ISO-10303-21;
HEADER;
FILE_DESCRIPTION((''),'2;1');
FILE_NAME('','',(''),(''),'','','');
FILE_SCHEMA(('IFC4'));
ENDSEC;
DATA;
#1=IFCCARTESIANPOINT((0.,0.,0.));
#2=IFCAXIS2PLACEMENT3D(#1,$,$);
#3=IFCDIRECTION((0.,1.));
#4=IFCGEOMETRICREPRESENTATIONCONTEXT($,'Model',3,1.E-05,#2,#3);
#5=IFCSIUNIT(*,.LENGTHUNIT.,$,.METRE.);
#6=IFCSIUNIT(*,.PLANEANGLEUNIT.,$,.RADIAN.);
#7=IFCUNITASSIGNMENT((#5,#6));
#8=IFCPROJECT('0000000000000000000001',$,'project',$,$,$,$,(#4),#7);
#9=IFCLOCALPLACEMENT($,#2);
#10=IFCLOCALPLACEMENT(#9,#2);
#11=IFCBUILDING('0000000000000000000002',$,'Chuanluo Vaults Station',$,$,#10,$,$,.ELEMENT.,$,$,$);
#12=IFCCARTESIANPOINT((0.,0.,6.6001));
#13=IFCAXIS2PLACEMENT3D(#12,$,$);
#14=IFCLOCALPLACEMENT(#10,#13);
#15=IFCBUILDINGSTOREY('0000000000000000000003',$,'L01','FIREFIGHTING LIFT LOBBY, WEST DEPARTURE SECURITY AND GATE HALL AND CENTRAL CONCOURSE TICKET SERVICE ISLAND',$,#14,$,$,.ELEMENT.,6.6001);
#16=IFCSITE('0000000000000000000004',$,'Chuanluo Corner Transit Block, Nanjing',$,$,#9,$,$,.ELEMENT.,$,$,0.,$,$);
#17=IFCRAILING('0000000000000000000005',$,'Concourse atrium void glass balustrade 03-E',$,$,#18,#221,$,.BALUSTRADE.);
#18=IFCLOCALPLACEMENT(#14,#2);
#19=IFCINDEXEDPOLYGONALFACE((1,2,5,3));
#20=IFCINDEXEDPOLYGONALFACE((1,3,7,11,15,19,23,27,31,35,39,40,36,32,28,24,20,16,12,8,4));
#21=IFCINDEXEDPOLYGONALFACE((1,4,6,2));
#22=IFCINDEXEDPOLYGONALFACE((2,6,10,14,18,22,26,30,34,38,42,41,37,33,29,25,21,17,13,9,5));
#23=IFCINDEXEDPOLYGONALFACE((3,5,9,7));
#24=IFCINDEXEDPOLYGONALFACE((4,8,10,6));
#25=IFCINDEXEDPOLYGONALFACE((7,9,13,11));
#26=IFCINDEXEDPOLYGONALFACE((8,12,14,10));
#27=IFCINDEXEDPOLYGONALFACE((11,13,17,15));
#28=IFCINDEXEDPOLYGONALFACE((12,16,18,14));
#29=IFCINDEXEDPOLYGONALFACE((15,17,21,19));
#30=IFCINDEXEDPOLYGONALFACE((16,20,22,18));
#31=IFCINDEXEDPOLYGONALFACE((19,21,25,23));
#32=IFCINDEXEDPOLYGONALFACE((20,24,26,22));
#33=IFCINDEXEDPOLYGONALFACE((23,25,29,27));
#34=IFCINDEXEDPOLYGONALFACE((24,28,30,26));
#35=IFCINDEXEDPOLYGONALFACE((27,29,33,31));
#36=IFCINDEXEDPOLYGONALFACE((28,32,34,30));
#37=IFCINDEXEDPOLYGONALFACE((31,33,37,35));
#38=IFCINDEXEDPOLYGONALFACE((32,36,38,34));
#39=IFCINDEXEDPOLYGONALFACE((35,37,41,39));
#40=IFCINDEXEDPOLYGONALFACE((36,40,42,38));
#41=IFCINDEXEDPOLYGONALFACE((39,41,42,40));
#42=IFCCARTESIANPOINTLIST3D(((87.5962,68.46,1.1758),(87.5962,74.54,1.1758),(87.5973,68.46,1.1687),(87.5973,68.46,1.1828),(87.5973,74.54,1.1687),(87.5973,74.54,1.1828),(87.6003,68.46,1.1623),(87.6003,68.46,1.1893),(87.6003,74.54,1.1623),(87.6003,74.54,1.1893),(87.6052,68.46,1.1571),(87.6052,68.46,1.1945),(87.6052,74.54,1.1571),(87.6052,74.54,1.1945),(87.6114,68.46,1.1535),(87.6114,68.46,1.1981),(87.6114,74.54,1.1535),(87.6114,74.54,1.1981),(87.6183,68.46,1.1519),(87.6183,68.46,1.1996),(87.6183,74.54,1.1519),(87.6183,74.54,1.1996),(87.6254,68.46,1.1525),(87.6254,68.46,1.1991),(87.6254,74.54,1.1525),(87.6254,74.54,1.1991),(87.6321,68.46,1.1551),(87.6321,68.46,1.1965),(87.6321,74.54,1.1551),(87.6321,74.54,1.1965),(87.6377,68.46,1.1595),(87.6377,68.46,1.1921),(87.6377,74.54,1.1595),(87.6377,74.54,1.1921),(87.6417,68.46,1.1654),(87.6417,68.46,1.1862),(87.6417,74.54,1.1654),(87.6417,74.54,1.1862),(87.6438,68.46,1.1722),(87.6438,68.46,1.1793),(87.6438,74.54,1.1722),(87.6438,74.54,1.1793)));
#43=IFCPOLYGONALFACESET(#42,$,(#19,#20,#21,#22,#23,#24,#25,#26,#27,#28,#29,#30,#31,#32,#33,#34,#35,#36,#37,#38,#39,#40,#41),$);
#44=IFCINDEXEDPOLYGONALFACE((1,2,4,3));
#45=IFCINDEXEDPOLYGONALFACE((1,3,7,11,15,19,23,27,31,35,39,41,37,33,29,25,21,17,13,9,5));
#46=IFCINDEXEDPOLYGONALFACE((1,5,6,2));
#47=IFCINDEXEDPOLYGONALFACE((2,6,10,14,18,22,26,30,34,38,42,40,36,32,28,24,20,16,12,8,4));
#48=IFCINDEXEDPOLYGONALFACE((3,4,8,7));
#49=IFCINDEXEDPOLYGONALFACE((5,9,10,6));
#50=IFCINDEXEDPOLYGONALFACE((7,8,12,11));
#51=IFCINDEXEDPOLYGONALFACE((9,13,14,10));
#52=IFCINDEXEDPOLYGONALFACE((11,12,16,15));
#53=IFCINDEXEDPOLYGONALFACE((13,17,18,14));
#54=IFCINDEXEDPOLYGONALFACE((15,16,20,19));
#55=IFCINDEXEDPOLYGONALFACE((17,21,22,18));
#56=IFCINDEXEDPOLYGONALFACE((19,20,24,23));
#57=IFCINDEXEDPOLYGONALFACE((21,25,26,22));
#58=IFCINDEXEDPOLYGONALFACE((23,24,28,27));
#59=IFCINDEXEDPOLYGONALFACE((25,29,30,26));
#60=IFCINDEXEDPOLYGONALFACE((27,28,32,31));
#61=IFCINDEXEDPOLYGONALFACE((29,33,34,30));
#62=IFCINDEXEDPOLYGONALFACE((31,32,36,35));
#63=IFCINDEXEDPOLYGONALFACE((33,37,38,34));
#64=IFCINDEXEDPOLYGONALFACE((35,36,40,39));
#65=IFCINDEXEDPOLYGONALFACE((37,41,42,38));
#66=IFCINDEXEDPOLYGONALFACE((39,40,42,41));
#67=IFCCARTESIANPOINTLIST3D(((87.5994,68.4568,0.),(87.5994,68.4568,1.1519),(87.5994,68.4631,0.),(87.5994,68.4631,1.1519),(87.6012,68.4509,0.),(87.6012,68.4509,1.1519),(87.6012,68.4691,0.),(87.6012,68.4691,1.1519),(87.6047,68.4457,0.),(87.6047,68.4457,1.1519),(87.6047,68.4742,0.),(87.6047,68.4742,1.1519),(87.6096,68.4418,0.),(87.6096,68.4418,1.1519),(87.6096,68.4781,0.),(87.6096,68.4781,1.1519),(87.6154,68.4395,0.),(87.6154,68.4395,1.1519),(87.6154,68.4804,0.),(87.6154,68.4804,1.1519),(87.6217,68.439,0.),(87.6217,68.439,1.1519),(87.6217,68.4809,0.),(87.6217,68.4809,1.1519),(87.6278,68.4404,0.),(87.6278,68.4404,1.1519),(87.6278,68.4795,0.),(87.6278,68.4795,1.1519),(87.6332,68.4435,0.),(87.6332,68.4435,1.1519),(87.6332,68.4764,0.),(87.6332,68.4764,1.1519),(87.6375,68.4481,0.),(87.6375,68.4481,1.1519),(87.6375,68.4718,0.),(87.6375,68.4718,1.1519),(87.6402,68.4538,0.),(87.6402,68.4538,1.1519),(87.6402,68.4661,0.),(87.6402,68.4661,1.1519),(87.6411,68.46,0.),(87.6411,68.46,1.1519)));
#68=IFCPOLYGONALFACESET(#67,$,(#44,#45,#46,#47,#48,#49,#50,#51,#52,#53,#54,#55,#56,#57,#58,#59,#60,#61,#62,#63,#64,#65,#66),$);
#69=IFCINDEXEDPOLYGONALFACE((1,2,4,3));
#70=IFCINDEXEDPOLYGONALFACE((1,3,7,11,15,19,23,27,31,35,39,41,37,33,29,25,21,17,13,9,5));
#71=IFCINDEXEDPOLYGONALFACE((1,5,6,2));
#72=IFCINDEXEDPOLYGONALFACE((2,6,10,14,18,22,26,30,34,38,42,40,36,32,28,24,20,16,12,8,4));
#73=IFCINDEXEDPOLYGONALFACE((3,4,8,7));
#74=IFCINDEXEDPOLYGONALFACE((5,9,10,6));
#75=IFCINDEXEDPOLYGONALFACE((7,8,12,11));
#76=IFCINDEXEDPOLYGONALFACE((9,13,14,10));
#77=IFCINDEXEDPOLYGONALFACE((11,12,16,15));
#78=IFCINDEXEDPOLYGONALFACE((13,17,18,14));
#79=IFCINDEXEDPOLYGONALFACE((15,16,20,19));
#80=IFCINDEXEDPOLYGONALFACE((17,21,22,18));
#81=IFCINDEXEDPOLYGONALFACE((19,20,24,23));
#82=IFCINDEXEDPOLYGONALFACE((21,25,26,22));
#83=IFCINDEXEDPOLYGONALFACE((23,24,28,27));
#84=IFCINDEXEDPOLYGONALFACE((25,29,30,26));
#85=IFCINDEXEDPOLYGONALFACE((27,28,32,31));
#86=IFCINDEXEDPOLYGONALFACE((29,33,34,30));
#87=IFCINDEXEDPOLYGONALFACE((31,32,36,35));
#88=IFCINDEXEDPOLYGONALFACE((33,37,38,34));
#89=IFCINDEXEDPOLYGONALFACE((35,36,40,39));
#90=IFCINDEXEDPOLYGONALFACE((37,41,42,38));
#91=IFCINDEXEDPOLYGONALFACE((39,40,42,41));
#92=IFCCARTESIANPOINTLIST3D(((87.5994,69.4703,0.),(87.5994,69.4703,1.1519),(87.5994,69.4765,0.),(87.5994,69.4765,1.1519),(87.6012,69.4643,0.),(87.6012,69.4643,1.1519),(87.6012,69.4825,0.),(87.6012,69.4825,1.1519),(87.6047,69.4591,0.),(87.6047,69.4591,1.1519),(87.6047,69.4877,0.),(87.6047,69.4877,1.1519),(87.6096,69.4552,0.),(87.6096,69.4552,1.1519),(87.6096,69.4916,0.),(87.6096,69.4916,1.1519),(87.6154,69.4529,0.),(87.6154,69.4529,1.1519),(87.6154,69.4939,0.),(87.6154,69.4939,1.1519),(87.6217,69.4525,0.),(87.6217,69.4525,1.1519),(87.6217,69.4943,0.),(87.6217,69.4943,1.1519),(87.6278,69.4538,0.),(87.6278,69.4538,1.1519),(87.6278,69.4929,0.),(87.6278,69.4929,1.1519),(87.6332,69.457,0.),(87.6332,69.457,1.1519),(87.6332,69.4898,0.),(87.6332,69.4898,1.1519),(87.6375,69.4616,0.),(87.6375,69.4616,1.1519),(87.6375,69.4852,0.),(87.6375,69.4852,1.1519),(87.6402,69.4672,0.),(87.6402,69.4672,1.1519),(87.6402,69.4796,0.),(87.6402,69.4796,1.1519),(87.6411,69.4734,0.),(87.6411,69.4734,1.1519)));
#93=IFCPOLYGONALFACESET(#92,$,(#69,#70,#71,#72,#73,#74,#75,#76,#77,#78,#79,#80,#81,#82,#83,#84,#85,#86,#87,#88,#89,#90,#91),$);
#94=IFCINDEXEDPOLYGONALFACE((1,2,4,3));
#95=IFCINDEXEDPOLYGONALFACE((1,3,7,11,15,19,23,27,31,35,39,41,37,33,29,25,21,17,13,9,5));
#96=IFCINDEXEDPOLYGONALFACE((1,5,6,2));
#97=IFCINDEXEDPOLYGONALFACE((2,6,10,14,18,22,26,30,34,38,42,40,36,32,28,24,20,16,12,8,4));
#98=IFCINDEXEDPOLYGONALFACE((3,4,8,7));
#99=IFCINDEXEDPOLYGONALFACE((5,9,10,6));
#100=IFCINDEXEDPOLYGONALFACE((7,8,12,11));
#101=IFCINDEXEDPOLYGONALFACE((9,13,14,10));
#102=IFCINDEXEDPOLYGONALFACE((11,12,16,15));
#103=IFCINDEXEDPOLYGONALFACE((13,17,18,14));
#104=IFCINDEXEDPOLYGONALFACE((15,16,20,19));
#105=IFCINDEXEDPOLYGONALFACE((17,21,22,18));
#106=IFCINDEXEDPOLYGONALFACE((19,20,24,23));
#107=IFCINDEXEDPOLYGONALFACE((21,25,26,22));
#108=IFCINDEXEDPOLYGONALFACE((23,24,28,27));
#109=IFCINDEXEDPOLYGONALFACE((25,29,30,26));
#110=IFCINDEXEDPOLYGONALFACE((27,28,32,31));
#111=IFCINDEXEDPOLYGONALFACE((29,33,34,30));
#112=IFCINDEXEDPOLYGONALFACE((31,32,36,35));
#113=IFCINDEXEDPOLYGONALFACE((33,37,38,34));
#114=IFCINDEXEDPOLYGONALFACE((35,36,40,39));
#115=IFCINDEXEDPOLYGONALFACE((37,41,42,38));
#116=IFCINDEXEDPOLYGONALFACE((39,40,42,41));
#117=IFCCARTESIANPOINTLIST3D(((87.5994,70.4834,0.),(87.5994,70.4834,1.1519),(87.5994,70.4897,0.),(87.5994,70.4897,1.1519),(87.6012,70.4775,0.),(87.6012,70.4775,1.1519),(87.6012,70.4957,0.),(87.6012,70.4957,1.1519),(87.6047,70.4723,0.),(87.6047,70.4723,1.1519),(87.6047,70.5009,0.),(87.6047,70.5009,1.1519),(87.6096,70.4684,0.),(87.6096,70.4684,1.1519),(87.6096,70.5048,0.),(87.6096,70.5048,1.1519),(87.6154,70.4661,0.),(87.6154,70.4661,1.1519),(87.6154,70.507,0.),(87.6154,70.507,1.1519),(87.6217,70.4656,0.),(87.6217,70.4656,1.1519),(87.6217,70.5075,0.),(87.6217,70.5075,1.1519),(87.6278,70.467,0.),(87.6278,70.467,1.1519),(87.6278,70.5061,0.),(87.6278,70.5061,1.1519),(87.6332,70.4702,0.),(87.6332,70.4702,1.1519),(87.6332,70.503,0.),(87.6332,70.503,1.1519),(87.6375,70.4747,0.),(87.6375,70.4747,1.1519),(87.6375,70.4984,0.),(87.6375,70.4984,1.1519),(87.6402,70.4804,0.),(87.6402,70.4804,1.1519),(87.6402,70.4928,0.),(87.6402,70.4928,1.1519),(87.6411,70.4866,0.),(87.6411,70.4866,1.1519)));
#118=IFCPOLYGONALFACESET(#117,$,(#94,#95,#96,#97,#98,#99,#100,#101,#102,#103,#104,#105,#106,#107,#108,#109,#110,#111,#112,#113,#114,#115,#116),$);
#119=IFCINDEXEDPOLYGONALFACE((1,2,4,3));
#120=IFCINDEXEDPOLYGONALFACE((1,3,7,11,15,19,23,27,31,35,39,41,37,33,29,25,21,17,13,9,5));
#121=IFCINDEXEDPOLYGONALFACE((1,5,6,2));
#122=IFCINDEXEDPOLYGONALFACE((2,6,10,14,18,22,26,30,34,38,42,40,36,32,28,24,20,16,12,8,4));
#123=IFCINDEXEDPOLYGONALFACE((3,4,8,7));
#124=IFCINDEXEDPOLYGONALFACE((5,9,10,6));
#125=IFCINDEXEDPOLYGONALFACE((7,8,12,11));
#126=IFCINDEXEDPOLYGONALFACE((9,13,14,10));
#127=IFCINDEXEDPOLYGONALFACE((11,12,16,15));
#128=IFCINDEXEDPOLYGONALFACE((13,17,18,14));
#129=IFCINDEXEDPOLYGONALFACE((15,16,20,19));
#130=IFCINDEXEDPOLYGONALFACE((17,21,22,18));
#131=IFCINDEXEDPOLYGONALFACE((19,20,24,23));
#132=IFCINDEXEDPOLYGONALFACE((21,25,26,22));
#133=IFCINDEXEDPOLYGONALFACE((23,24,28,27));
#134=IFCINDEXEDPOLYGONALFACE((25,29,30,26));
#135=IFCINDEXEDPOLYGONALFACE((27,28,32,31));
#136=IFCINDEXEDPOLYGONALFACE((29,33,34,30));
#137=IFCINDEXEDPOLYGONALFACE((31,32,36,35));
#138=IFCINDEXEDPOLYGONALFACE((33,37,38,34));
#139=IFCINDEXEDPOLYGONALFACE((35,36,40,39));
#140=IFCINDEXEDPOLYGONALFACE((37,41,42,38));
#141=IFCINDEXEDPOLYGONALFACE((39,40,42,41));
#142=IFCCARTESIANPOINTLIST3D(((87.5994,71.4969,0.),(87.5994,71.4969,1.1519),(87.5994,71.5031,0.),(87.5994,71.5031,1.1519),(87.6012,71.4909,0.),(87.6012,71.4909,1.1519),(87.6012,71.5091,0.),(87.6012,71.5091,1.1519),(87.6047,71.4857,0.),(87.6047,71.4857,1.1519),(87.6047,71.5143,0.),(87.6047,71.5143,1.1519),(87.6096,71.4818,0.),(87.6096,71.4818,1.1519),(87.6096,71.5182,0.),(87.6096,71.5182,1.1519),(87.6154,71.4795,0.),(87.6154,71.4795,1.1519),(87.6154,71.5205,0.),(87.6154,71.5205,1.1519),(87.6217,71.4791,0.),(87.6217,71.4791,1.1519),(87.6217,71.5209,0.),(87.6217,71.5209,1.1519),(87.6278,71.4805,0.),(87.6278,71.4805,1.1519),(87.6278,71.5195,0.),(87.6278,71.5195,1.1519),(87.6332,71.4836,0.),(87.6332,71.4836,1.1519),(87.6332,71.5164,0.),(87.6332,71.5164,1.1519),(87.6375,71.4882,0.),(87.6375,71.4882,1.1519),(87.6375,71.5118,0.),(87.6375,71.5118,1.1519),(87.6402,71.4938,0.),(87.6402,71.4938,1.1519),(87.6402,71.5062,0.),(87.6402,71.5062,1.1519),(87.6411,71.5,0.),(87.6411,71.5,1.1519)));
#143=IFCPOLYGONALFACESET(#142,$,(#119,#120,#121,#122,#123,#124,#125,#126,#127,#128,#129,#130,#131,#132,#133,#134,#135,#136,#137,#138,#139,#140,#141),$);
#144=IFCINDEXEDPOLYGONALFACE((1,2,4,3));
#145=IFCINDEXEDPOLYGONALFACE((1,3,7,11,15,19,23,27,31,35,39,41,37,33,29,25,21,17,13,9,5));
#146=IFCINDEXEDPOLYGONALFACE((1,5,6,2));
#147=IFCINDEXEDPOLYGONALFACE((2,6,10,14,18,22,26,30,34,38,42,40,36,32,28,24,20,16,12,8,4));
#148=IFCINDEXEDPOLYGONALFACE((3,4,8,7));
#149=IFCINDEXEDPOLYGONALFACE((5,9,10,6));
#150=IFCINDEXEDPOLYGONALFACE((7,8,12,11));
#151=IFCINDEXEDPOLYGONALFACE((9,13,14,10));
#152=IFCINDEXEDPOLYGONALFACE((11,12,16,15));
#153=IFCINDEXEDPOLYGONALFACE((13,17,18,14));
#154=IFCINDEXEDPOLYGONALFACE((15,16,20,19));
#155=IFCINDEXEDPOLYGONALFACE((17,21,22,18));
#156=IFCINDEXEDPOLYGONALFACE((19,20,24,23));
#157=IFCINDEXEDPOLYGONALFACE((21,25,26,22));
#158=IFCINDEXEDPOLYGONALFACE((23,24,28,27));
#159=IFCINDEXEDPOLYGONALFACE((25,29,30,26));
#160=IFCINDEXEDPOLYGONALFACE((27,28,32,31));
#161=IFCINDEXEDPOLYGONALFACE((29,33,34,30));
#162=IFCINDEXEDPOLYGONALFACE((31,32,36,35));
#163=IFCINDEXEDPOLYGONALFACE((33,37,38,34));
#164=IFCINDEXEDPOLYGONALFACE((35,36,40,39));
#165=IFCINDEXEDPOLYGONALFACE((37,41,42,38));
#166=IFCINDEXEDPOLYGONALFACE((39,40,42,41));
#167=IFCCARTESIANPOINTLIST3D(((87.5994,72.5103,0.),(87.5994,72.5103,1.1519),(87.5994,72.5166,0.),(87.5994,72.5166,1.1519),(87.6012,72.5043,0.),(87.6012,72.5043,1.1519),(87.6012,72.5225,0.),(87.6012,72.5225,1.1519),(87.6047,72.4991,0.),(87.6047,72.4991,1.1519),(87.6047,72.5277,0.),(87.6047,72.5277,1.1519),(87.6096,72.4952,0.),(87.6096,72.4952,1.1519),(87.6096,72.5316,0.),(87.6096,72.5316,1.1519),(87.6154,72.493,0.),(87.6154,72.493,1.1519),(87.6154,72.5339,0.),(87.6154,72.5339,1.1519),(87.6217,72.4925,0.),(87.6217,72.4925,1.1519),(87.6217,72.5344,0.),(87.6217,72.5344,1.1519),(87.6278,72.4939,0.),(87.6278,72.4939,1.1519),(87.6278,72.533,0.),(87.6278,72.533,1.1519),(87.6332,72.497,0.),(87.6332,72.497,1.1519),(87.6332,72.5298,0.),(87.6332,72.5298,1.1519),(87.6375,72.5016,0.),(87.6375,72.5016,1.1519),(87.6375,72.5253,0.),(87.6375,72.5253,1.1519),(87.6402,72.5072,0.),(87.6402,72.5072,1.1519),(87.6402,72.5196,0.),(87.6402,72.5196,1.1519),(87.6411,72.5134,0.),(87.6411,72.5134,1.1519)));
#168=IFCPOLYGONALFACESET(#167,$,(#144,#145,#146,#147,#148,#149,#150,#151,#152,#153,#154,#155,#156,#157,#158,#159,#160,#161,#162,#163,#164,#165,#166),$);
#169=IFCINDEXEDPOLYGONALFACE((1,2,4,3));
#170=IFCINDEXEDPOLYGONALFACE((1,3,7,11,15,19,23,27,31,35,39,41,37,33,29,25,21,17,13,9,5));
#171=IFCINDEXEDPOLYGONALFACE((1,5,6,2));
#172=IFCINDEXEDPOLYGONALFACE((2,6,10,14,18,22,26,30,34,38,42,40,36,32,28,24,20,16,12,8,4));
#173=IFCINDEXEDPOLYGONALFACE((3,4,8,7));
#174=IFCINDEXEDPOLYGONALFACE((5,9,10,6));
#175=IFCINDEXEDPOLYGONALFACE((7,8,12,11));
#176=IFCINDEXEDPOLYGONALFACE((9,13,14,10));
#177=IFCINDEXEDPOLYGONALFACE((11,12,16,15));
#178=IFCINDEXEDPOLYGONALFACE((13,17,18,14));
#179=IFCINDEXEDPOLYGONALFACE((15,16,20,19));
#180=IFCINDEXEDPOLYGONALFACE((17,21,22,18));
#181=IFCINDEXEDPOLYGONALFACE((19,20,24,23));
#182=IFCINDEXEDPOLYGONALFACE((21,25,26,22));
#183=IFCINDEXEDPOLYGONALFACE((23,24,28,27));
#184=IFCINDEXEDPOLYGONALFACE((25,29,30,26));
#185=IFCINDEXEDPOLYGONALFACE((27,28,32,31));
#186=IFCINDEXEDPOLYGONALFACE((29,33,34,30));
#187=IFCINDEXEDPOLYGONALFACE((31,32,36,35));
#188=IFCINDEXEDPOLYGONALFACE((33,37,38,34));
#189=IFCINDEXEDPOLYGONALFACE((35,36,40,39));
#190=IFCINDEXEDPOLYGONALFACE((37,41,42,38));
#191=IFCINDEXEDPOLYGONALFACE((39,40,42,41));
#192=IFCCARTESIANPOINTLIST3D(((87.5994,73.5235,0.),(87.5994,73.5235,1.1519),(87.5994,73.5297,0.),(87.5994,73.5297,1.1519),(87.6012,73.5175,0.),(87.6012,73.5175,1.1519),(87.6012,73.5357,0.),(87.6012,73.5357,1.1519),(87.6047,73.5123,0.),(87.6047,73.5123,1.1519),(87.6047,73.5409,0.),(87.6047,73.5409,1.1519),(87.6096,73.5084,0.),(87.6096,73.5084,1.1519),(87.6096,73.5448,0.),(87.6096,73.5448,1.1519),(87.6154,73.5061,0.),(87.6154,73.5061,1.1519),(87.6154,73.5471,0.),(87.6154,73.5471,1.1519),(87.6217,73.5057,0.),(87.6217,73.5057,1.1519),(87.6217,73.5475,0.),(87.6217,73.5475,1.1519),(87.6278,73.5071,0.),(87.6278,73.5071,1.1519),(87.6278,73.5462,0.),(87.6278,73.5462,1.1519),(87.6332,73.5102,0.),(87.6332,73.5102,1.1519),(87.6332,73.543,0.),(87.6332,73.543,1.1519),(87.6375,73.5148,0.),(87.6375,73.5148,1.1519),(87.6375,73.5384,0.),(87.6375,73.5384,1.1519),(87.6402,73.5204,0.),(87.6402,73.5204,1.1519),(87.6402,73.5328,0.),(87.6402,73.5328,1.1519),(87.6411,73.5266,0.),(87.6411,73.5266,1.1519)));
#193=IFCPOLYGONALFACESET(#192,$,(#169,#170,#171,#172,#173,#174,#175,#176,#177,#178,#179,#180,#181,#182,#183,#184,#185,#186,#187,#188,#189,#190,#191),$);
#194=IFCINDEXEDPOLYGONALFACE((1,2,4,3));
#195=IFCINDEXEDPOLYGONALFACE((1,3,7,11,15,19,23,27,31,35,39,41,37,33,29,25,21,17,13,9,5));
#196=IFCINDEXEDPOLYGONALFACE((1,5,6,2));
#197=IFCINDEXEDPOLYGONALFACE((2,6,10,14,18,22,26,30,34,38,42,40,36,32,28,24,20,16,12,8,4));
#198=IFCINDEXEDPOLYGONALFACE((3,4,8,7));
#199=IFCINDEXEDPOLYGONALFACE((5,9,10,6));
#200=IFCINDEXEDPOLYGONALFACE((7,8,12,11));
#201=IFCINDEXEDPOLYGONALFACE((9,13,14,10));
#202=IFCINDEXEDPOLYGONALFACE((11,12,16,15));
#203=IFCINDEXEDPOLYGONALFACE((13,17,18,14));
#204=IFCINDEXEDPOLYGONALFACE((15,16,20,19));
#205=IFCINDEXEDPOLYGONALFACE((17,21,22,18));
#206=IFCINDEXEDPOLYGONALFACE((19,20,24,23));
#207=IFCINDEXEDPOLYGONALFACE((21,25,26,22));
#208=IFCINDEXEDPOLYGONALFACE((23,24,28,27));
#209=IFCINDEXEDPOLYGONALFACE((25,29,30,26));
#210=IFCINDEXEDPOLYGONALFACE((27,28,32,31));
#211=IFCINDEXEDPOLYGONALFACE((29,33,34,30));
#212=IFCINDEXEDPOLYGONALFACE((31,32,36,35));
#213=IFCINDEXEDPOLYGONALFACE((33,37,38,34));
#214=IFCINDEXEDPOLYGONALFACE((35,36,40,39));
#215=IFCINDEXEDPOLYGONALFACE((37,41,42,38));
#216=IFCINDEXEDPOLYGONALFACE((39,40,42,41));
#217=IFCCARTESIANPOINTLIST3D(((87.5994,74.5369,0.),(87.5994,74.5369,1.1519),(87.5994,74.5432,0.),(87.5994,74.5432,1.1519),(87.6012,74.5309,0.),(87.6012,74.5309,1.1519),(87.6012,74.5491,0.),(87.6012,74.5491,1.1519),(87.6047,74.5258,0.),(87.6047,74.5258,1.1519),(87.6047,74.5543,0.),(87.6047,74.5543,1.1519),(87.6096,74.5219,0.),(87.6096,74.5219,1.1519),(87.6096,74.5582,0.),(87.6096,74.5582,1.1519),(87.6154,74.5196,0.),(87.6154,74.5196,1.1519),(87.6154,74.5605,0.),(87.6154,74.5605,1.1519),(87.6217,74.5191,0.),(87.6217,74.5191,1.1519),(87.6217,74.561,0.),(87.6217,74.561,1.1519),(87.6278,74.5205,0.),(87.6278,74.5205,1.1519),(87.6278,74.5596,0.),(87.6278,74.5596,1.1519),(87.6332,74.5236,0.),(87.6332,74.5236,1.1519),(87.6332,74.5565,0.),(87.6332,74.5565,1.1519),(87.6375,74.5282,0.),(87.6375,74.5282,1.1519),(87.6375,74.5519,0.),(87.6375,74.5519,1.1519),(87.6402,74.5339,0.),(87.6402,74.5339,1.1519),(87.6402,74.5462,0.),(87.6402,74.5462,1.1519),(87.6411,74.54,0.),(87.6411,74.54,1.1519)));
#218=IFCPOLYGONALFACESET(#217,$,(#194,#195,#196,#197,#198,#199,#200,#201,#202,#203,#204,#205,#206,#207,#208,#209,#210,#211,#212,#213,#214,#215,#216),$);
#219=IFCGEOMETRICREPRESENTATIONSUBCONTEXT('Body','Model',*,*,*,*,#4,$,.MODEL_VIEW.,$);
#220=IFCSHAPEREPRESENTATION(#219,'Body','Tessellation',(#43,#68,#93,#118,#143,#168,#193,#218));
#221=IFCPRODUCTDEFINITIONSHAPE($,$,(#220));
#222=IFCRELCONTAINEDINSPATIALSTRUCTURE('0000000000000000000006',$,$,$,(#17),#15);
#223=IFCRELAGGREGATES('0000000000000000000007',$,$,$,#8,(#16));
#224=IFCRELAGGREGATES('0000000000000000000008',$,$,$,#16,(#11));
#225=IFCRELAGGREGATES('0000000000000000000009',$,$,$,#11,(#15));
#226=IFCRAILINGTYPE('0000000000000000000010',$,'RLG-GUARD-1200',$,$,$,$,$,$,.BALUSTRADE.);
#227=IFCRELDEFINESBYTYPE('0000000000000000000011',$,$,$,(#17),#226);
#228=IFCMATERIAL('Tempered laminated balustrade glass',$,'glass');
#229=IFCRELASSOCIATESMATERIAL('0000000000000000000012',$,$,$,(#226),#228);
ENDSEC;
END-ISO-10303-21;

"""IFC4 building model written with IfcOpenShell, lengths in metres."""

from ifc_helpers import new_model, si_unit, direction, frame, origin, origin_2d, place, context, subcontext, project, spatial, circle, extrude, material, type_object, element, save


model = new_model("IFC4")

# Units and contexts
model_context = context("Model", 3, precision=1e-05, world=origin(), true_north=direction((0.0, 1.0)))
body_context = subcontext(model_context, "Body", "Model", "MODEL_VIEW")
ifc_project = project(units=[si_unit("LENGTHUNIT", "METRE"), si_unit("PLANEANGLEUNIT", "RADIAN")], contexts=[model_context])

# Site, building, storey
site_placement = place(None, origin())
site = spatial("IfcSite", under=ifc_project, at=site_placement, Name="Chuanluo Corner Transit Block, Nanjing", CompositionType="ELEMENT", RefElevation=0.0)
building_placement = place(site_placement, origin())
building = spatial("IfcBuilding", under=site, at=building_placement, Name="Chuanluo Vaults Station", CompositionType="ELEMENT")
storey_placement = place(building_placement, frame((0.0, 0.0, 6.6001)))
storey = spatial("IfcBuildingStorey", under=building, at=storey_placement, Name="L01", Description="FIREFIGHTING LIFT LOBBY, WEST DEPARTURE SECURITY AND GATE HALL AND CENTRAL CONCOURSE TICKET SERVICE ISLAND", CompositionType="ELEMENT", Elevation=6.6001)

# Railing
ifc_material_1 = material(Name="Tempered laminated balustrade glass", Category="glass")
railing_type = type_object("IfcRailingType", Name="RLG-GUARD-1200", PredefinedType="BALUSTRADE", material=ifc_material_1)
railing_1_placement = place(storey_placement, frame((87.6201, 68.46, 0.0)))
element("IfcRailing", 1, at=railing_1_placement, inside=storey, type_object=railing_type, Name="Concourse atrium void glass balustrade 03-E", PredefinedType="BALUSTRADE", context=body_context, shape_type="SweptSolid", body=[
    extrude(circle(Radius=0.0239, at=origin_2d()), frame((0.0, 0.0, 1.1758), z_axis=(0.0, 1.0, 0.0), x_axis=(-1.0, 0.0, 0.0)), (0.0, 0.0, 1.0), 6.0801),
    extrude(circle(Radius=0.021, at=origin_2d()), origin(), (0.0, 0.0, 1.0), 1.1519),
    extrude(circle(Radius=0.021, at=origin_2d()), frame((0.0, 1.0134, 0.0)), (0.0, 0.0, 1.0), 1.1519),
    extrude(circle(Radius=0.021, at=origin_2d()), frame((0.0, 2.0266, 0.0)), (0.0, 0.0, 1.0), 1.1519),
    extrude(circle(Radius=0.021, at=origin_2d()), frame((0.0, 3.04, 0.0)), (0.0, 0.0, 1.0), 1.1519),
    extrude(circle(Radius=0.021, at=origin_2d()), frame((0.0, 4.0535, 0.0)), (0.0, 0.0, 1.0), 1.1519),
    extrude(circle(Radius=0.021, at=origin_2d()), frame((0.0, 5.0667, 0.0)), (0.0, 0.0, 1.0), 1.1519),
    extrude(circle(Radius=0.021, at=origin_2d()), frame((0.0, 6.0801, 0.0)), (0.0, 0.0, 1.0), 1.1519),
])

save(model, "model.ifc")
